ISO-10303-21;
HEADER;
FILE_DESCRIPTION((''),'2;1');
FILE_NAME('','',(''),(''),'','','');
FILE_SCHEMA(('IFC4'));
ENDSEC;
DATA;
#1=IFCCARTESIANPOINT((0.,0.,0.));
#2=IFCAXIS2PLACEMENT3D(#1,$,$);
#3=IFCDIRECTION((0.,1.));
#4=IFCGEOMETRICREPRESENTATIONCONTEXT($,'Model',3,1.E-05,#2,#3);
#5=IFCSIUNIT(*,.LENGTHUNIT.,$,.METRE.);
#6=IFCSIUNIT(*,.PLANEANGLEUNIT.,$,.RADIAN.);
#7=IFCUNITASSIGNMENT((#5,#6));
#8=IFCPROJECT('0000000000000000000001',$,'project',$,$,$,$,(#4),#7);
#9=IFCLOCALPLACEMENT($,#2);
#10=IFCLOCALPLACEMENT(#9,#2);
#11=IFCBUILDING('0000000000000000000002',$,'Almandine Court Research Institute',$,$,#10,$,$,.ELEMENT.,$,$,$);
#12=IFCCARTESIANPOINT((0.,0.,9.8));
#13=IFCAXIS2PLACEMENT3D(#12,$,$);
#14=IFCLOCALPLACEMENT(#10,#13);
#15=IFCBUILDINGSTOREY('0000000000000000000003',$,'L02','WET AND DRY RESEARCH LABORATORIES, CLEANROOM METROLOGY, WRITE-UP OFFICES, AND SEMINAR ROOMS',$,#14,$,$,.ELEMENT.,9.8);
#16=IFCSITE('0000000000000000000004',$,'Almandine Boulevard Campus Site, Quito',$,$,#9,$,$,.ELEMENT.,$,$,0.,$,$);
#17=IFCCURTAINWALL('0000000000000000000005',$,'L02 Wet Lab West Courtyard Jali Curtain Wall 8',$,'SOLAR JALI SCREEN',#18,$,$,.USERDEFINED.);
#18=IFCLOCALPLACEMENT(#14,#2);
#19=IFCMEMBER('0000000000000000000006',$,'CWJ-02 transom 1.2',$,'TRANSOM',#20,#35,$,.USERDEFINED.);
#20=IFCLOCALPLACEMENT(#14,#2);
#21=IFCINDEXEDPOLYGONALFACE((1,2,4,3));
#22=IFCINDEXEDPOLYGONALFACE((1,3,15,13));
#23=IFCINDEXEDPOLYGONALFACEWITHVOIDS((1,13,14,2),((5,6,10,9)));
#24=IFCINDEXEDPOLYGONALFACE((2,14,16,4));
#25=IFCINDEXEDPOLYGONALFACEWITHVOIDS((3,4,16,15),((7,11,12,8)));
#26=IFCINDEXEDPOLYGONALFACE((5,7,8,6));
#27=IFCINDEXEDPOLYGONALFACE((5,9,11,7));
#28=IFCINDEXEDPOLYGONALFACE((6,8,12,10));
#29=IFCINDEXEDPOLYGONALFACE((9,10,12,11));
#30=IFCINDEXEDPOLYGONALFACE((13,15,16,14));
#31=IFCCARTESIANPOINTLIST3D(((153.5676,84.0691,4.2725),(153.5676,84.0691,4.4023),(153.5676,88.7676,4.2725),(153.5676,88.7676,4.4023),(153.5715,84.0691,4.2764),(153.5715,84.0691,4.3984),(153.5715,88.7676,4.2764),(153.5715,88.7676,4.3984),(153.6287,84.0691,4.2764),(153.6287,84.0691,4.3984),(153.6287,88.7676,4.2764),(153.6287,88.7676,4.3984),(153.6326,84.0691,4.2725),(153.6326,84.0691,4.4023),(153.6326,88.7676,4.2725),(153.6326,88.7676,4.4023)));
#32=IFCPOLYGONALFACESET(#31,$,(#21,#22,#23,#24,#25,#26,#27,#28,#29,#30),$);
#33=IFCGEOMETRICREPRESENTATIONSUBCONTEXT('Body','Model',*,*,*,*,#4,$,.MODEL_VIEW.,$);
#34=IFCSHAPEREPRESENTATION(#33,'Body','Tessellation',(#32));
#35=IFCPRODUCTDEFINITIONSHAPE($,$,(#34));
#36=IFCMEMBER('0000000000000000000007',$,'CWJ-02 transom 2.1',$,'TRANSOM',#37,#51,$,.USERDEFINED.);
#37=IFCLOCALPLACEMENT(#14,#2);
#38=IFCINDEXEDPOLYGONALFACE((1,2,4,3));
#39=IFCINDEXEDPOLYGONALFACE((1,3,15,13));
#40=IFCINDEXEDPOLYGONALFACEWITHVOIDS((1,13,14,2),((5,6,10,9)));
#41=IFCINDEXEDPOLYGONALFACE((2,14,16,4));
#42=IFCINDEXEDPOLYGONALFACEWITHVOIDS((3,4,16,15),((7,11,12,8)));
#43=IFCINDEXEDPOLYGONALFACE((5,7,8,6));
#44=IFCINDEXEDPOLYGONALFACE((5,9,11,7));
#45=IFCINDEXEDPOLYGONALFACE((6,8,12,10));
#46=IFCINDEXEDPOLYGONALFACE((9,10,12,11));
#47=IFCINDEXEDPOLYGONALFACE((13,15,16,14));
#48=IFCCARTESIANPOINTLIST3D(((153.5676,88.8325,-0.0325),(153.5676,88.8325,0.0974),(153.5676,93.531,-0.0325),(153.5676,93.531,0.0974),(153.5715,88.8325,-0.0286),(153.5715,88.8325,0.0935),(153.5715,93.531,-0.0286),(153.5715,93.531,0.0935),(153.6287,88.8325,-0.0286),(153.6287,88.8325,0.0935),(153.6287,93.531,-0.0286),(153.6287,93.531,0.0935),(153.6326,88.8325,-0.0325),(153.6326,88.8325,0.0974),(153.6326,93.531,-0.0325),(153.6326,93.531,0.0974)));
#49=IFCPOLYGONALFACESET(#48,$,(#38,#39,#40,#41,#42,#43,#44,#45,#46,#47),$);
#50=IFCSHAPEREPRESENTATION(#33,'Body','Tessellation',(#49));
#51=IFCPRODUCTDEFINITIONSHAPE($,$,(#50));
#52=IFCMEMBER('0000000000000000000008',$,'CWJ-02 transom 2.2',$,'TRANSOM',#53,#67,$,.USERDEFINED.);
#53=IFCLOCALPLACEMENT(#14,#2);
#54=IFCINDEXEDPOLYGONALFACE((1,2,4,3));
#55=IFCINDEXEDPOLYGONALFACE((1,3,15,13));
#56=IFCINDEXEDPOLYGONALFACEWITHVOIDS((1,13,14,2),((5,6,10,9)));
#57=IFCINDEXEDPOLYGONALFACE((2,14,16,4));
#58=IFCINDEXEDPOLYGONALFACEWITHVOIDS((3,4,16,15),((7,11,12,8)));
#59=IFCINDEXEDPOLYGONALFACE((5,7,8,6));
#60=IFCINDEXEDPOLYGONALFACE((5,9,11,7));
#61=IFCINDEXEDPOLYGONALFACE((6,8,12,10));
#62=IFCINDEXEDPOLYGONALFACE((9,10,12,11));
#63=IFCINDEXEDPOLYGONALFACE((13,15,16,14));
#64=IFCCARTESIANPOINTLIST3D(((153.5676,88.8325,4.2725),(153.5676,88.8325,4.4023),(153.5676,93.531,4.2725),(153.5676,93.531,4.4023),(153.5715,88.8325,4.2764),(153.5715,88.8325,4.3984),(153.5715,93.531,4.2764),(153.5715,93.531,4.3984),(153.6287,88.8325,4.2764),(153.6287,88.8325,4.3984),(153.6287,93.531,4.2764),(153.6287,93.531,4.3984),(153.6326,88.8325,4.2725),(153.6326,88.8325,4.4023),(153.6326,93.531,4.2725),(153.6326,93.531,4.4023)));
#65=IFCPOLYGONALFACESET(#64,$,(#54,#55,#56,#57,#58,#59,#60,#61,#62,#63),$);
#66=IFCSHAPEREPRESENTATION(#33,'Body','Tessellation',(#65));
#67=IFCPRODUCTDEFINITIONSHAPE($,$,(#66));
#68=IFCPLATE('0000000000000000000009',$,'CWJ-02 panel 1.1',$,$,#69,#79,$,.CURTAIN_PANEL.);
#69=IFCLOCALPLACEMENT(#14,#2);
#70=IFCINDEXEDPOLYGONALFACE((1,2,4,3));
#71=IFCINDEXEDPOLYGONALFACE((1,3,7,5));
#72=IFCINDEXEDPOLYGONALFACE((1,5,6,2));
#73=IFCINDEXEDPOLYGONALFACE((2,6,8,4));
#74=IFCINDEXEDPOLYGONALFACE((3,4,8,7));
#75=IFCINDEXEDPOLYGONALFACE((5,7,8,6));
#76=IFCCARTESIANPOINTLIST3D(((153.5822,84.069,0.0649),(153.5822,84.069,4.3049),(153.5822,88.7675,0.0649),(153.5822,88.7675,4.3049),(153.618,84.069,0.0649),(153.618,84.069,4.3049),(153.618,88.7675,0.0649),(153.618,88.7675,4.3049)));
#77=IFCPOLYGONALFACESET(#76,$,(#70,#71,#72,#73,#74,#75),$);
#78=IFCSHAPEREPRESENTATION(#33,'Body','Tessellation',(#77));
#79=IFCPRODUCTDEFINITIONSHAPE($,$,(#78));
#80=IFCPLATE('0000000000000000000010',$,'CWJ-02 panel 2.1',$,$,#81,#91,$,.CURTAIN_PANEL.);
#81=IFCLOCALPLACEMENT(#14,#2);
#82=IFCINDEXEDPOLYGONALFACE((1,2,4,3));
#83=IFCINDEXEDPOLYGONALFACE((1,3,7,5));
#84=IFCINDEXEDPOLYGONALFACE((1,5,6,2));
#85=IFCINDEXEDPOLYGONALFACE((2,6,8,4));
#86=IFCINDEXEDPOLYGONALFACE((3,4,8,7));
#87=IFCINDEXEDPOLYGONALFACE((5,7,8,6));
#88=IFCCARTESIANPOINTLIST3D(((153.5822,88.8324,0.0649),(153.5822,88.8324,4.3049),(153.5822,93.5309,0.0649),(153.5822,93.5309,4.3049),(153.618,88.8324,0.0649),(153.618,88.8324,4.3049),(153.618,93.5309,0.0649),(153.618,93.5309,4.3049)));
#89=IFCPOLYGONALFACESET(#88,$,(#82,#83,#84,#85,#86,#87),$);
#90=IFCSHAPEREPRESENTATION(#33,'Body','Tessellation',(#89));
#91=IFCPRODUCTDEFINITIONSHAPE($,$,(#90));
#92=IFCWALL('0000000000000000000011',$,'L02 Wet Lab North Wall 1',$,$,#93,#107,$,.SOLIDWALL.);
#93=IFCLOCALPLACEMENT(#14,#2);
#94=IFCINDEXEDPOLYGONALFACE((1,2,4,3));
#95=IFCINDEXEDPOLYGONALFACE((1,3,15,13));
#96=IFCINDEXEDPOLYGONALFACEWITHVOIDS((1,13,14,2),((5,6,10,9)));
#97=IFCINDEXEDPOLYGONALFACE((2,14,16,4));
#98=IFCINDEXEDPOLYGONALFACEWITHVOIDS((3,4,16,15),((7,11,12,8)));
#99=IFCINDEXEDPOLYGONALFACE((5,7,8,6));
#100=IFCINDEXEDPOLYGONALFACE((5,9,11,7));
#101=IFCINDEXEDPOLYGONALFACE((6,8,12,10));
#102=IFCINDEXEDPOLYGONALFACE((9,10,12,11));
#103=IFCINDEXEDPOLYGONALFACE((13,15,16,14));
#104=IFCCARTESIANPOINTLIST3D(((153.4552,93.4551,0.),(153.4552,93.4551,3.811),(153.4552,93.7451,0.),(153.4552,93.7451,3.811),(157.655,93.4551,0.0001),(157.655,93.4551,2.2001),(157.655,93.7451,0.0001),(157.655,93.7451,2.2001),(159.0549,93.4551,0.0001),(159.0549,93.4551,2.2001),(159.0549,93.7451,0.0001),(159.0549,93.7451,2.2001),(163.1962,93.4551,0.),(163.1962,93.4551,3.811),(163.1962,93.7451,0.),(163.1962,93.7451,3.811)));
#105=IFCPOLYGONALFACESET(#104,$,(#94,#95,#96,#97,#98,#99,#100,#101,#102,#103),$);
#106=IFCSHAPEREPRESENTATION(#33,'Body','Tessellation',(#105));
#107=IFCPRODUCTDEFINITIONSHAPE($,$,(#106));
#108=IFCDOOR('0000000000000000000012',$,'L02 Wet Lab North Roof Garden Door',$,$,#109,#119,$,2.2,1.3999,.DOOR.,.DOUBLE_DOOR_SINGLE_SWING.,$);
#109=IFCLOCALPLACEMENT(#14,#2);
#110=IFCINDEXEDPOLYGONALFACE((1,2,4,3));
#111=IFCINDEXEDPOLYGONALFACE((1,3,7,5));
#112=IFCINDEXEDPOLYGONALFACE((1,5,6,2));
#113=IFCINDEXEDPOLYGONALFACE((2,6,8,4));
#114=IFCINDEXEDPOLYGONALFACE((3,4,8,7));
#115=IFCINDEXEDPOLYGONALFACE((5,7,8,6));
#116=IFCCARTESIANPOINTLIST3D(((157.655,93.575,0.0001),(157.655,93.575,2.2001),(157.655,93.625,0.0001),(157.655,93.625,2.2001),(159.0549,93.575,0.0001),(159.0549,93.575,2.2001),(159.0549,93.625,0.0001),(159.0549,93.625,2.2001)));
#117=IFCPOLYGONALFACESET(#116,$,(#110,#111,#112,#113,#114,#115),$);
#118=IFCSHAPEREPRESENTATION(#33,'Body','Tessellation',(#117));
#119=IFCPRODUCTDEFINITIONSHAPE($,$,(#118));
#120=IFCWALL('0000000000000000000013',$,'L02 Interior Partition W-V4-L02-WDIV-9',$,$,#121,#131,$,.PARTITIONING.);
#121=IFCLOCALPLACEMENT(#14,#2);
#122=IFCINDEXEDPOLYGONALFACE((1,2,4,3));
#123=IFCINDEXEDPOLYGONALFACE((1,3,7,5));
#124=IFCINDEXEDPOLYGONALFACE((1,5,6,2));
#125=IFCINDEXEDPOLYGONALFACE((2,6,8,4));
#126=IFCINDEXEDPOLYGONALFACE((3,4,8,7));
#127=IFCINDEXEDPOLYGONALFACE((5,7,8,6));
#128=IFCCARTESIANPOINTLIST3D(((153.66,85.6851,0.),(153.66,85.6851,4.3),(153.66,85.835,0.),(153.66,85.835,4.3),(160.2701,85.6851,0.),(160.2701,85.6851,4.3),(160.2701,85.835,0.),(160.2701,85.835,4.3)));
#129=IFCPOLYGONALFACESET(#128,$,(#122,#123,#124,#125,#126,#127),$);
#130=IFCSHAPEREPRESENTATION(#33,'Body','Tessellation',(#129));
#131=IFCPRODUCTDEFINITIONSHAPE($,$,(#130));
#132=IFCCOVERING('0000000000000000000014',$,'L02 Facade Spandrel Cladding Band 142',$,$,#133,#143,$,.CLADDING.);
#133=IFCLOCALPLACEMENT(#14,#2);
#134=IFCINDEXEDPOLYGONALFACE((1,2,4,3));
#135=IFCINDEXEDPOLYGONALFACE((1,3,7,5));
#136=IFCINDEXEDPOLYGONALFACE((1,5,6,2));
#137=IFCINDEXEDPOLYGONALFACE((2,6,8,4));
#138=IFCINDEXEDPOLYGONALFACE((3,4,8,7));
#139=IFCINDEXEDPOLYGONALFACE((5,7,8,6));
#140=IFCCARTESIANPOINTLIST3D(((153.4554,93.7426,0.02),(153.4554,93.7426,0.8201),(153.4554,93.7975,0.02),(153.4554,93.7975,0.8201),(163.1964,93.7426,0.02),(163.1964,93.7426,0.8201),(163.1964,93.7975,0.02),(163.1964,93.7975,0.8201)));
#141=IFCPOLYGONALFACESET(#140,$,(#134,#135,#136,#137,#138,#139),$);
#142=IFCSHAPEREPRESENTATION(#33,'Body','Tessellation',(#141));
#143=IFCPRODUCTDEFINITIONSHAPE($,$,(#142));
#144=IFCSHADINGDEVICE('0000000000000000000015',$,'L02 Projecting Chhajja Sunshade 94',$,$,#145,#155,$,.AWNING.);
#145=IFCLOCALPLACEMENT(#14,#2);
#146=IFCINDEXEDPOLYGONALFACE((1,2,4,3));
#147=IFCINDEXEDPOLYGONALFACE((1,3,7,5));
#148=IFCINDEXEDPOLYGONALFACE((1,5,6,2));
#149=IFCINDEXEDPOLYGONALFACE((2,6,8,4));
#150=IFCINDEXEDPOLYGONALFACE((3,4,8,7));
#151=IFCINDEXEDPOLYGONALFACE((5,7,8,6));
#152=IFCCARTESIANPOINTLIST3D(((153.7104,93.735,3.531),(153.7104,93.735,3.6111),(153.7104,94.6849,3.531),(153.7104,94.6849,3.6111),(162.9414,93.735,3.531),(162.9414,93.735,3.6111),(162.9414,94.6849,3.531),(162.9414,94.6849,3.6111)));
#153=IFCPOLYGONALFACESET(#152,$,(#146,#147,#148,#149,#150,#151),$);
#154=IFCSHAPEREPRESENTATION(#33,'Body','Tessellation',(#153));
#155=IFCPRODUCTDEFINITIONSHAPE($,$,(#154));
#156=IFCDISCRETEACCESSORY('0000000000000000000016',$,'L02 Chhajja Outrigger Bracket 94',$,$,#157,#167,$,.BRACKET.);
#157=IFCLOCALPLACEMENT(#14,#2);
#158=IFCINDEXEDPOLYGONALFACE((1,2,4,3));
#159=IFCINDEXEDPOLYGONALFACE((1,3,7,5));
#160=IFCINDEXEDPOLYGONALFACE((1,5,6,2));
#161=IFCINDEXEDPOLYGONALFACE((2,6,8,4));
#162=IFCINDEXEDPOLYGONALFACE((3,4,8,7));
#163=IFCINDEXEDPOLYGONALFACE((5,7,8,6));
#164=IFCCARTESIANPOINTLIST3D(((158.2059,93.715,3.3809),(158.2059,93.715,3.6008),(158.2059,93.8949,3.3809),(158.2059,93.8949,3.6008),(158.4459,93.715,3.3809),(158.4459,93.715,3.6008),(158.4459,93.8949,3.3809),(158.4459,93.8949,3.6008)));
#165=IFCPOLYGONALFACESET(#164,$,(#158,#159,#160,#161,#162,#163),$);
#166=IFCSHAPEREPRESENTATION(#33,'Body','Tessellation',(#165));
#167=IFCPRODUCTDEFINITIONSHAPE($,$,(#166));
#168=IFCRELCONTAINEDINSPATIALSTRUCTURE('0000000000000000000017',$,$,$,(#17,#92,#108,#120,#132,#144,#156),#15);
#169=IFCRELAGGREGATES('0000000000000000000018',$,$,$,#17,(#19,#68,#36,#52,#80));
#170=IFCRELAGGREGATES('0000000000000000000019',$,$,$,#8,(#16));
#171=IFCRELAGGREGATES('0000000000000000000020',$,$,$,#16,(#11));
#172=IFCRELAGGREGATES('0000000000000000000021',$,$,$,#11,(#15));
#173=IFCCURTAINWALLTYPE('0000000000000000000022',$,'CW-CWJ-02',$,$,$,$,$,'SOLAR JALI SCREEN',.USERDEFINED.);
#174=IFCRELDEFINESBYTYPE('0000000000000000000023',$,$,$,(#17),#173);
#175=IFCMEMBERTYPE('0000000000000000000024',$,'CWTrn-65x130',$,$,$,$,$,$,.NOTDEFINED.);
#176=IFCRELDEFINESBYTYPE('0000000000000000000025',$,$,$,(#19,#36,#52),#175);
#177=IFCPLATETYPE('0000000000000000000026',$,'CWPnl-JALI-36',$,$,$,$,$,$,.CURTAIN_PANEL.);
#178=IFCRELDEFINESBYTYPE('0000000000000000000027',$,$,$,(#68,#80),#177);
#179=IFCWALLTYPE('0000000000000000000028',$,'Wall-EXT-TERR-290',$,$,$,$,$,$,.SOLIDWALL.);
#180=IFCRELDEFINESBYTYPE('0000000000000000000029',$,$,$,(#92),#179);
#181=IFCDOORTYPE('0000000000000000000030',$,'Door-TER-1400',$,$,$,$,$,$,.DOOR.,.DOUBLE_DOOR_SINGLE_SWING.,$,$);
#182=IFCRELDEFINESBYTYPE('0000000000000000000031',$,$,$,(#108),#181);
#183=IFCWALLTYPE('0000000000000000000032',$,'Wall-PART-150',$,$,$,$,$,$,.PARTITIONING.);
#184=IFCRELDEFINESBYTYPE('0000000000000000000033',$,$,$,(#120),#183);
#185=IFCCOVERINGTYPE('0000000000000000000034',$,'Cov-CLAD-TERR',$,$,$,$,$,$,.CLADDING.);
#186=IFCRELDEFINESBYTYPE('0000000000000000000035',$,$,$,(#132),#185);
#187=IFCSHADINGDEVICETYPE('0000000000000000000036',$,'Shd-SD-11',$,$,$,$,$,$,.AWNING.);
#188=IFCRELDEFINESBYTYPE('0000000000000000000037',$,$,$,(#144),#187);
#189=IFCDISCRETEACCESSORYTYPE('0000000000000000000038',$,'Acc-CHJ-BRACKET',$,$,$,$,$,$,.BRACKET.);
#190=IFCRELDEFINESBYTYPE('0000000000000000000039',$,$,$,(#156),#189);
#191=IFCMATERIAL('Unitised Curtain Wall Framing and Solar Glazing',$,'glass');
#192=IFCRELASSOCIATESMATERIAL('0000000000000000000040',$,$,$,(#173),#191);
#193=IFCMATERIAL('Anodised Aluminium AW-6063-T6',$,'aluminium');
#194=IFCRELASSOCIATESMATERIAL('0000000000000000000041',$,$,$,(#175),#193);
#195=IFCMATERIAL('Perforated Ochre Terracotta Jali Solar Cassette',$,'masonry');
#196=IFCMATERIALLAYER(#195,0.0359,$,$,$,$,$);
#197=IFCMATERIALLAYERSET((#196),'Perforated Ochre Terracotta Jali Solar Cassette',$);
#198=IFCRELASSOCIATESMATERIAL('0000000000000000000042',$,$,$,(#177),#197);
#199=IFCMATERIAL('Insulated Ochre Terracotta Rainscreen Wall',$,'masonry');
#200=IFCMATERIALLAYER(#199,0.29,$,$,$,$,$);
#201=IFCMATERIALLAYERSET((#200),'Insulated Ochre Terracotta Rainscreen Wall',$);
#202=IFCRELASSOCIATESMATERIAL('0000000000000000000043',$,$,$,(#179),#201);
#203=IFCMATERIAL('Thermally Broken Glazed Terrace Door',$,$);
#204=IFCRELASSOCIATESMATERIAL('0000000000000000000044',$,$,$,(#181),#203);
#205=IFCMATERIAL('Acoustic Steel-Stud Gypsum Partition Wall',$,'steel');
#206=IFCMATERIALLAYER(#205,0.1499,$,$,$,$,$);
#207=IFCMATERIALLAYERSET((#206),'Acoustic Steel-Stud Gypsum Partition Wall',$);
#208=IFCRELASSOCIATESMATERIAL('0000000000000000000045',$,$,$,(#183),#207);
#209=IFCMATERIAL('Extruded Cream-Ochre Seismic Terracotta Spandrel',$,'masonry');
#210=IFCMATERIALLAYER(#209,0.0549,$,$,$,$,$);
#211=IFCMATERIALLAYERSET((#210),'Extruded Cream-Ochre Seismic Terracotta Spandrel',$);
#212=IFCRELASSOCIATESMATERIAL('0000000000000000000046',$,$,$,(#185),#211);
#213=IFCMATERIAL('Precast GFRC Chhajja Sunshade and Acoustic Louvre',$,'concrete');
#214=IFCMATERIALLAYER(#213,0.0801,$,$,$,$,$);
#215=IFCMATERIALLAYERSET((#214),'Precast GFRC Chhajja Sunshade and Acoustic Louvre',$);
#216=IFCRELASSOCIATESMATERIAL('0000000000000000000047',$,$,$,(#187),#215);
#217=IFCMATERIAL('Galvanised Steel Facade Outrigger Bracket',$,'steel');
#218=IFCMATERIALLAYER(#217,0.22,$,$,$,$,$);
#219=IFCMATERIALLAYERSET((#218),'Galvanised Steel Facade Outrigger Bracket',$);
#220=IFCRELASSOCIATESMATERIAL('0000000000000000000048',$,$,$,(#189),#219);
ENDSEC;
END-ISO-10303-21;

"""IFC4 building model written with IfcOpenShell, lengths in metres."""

from ifc_helpers import new_model, si_unit, direction, frame, frame_2d, origin, origin_2d, place, context, subcontext, project, spatial, rectangle, hollow_rectangle, extrude, material, layer, layer_set, material_profile, profile_set, type_object, element, fill, aggregate, save


model = new_model("IFC4")

# Units and contexts
model_context = context("Model", 3, precision=1e-05, world=origin(), true_north=direction((0.0, 1.0)))
body_context = subcontext(model_context, "Body", "Model", "MODEL_VIEW")
ifc_project = project(units=[si_unit("LENGTHUNIT", "METRE"), si_unit("PLANEANGLEUNIT", "RADIAN")], contexts=[model_context])

# Site, building, storey
site_placement = place(None, origin())
site = spatial("IfcSite", under=ifc_project, at=site_placement, Name="Almandine Boulevard Campus Site, Quito", CompositionType="ELEMENT", RefElevation=0.0)
building_placement = place(site_placement, origin())
building = spatial("IfcBuilding", under=site, at=building_placement, Name="Almandine Court Research Institute", CompositionType="ELEMENT")
storey_placement = place(building_placement, frame((0.0, 0.0, 9.8)))
storey = spatial("IfcBuildingStorey", under=building, at=storey_placement, Name="L02", Description="WET AND DRY RESEARCH LABORATORIES, CLEANROOM METROLOGY, WRITE-UP OFFICES, AND SEMINAR ROOMS", CompositionType="ELEMENT", Elevation=9.8)

# Curtain wall, members, plates
ifc_material_1 = material(Name="Unitised Curtain Wall Framing and Solar Glazing", Category="glass")
curtain_wall_type = type_object("IfcCurtainWallType", Name="CW-CWJ-02", ElementType="SOLAR JALI SCREEN", PredefinedType="USERDEFINED", material=ifc_material_1)
curtain_wall_placement = place(storey_placement, origin())
curtain_wall = element("IfcCurtainWall", 1, at=curtain_wall_placement, inside=storey, type_object=curtain_wall_type, Name="L02 Wet Lab West Courtyard Jali Curtain Wall 8", ObjectType="SOLAR JALI SCREEN", PredefinedType="USERDEFINED")
ifc_material_2 = material(Name="Anodised Aluminium AW-6063-T6", Category="aluminium")
ifc_material_profile_1 = material_profile(ifc_material_2, hollow_rectangle(XDim=0.0649, YDim=0.1299, WallThickness=0.0039, at=origin_2d()), Name="ALU RHS 65x130x4")
ifc_profile_set_1 = profile_set([ifc_material_profile_1], Name="Anodised Aluminium AW-6063-T6")
member_type_1 = type_object("IfcMemberType", Name="CWTrn-65x130", PredefinedType="NOTDEFINED", material=ifc_profile_set_1)
member_1_placement = place(storey_placement, frame((153.6001, 84.0691, 4.3374), z_axis=(0.0, 1.0, 0.0), x_axis=(-1.0, 0.0, 0.0)))
member_1 = element("IfcMember", 2, at=member_1_placement, type_object=member_type_1, Name="CWJ-02 transom 1.2", ObjectType="TRANSOM", PredefinedType="USERDEFINED", context=body_context, shape_type="SweptSolid", body=[
    extrude(hollow_rectangle(XDim=0.0649, YDim=0.1299, WallThickness=0.0039, at=origin_2d()), origin(), (0.0, 0.0, 1.0), 4.6985),
])
member_2_placement = place(storey_placement, frame((153.6001, 88.8325, 0.0325), z_axis=(0.0, 1.0, 0.0), x_axis=(-1.0, 0.0, 0.0)))
member_2 = element("IfcMember", 3, at=member_2_placement, type_object=member_type_1, Name="CWJ-02 transom 2.1", ObjectType="TRANSOM", PredefinedType="USERDEFINED", context=body_context, shape_type="SweptSolid", body=[
    extrude(hollow_rectangle(XDim=0.0649, YDim=0.1299, WallThickness=0.0039, at=origin_2d()), origin(), (0.0, 0.0, 1.0), 4.6985),
])
member_3_placement = place(storey_placement, frame((153.6001, 88.8325, 4.3374), z_axis=(0.0, 1.0, 0.0), x_axis=(-1.0, 0.0, 0.0)))
member_3 = element("IfcMember", 4, at=member_3_placement, type_object=member_type_1, Name="CWJ-02 transom 2.2", ObjectType="TRANSOM", PredefinedType="USERDEFINED", context=body_context, shape_type="SweptSolid", body=[
    extrude(hollow_rectangle(XDim=0.0649, YDim=0.1299, WallThickness=0.0039, at=origin_2d()), origin(), (0.0, 0.0, 1.0), 4.6985),
])
ifc_material_3 = material(Name="Perforated Ochre Terracotta Jali Solar Cassette", Category="masonry")
ifc_layer_1 = layer(ifc_material_3, 0.0359)
ifc_layer_set_1 = layer_set([ifc_layer_1], Name="Perforated Ochre Terracotta Jali Solar Cassette")
plate_type = type_object("IfcPlateType", Name="CWPnl-JALI-36", PredefinedType="CURTAIN_PANEL", material=ifc_layer_set_1)
plate_1_placement = place(storey_placement, frame((153.6001, 86.4182, 0.0649), z_axis=(0.0, 0.0, 1.0), x_axis=(0.0, 1.0, 0.0)))
plate_1 = element("IfcPlate", 5, at=plate_1_placement, type_object=plate_type, Name="CWJ-02 panel 1.1", PredefinedType="CURTAIN_PANEL", context=body_context, shape_type="SweptSolid", body=[
    extrude(rectangle(XDim=4.6985, YDim=0.0359, at=origin_2d()), origin(), (0.0, 0.0, 1.0), 4.24),
])
plate_2_placement = place(storey_placement, frame((153.6001, 91.1816, 0.0649), z_axis=(0.0, 0.0, 1.0), x_axis=(0.0, 1.0, 0.0)))
plate_2 = element("IfcPlate", 6, at=plate_2_placement, type_object=plate_type, Name="CWJ-02 panel 2.1", PredefinedType="CURTAIN_PANEL", context=body_context, shape_type="SweptSolid", body=[
    extrude(rectangle(XDim=4.6985, YDim=0.0359, at=origin_2d()), origin(), (0.0, 0.0, 1.0), 4.24),
])
aggregate(curtain_wall, [member_1, plate_1, member_2, member_3, plate_2])

# Wall, opening, door
ifc_material_4 = material(Name="Insulated Ochre Terracotta Rainscreen Wall", Category="masonry")
ifc_layer_2 = layer(ifc_material_4, 0.29)
ifc_layer_set_2 = layer_set([ifc_layer_2], Name="Insulated Ochre Terracotta Rainscreen Wall")
wall_type_1 = type_object("IfcWallType", Name="Wall-EXT-TERR-290", PredefinedType="SOLIDWALL", material=ifc_layer_set_2)
wall_1_placement = place(storey_placement, frame((153.4551, 93.6001, 0.0), z_axis=(0.0, 0.0, 1.0), x_axis=(1.0, 0.0, 0.0)))
wall_1 = element("IfcWall", 7, at=wall_1_placement, inside=storey, type_object=wall_type_1, Name="L02 Wet Lab North Wall 1", PredefinedType="SOLIDWALL", context=body_context, shape_type="SweptSolid", body=[
    extrude(rectangle(XDim=9.741, YDim=0.29, at=frame_2d((4.8706, 0.0))), origin(), (0.0, 0.0, 1.0), 3.811),
])
opening_placement = place(wall_1_placement, frame((4.2, 0.0, 0.0)))
opening = element("IfcOpeningElement", 8, at=opening_placement, cuts=wall_1, PredefinedType="OPENING", context=body_context, shape_type="SweptSolid", body=[
    extrude(rectangle(XDim=1.3999, YDim=2.2, at=frame_2d((0.7, 1.1001))), frame((0.0, 0.155, 0.0), z_axis=(0.0, -1.0, 0.0), x_axis=(1.0, 0.0, 0.0)), (0.0, 0.0, 1.0), 0.3101),
])
ifc_material_5 = material(Name="Thermally Broken Glazed Terrace Door")
door_type = type_object("IfcDoorType", Name="Door-TER-1400", OperationType="DOUBLE_DOOR_SINGLE_SWING", PredefinedType="DOOR", material=ifc_material_5)
door_placement = place(opening_placement, origin())
door = element("IfcDoor", 9, at=door_placement, inside=storey, type_object=door_type, Name="L02 Wet Lab North Roof Garden Door", OperationType="DOUBLE_DOOR_SINGLE_SWING", OverallHeight=2.2, OverallWidth=1.3999, PredefinedType="DOOR", context=body_context, shape_type="SweptSolid", body=[
    extrude(rectangle(XDim=1.3999, YDim=2.2, at=frame_2d((0.7, 1.1001))), frame((0.0, 0.0249, 0.0), z_axis=(0.0, -1.0, 0.0), x_axis=(1.0, 0.0, 0.0)), (0.0, 0.0, 1.0), 0.05),
])
fill(opening, door)

# Wall
ifc_material_6 = material(Name="Acoustic Steel-Stud Gypsum Partition Wall", Category="steel")
ifc_layer_3 = layer(ifc_material_6, 0.1499)
ifc_layer_set_3 = layer_set([ifc_layer_3], Name="Acoustic Steel-Stud Gypsum Partition Wall")
wall_type_2 = type_object("IfcWallType", Name="Wall-PART-150", PredefinedType="PARTITIONING", material=ifc_layer_set_3)
wall_2_placement = place(storey_placement, frame((153.6599, 85.76, 0.0), z_axis=(0.0, 0.0, 1.0), x_axis=(1.0, 0.0, 0.0)))
element("IfcWall", 10, at=wall_2_placement, inside=storey, type_object=wall_type_2, Name="L02 Interior Partition W-V4-L02-WDIV-9", PredefinedType="PARTITIONING", context=body_context, shape_type="SweptSolid", body=[
    extrude(rectangle(XDim=6.6101, YDim=0.1499, at=frame_2d((3.3052, 0.0))), origin(), (0.0, 0.0, 1.0), 4.3),
])

# Covering
ifc_material_7 = material(Name="Extruded Cream-Ochre Seismic Terracotta Spandrel", Category="masonry")
ifc_layer_4 = layer(ifc_material_7, 0.0549)
ifc_layer_set_4 = layer_set([ifc_layer_4], Name="Extruded Cream-Ochre Seismic Terracotta Spandrel")
covering_type = type_object("IfcCoveringType", Name="Cov-CLAD-TERR", PredefinedType="CLADDING", material=ifc_layer_set_4)
covering_placement = place(storey_placement, frame((158.3259, 93.77, 0.02), z_axis=(0.0, 0.0, 1.0), x_axis=(1.0, 0.0, 0.0)))
element("IfcCovering", 11, at=covering_placement, inside=storey, type_object=covering_type, Name="L02 Facade Spandrel Cladding Band 142", PredefinedType="CLADDING", context=body_context, shape_type="SweptSolid", body=[
    extrude(rectangle(XDim=9.741, YDim=0.0549, at=origin_2d()), origin(), (0.0, 0.0, 1.0), 0.8),
])

# Shading device
ifc_material_8 = material(Name="Precast GFRC Chhajja Sunshade and Acoustic Louvre", Category="concrete")
ifc_layer_5 = layer(ifc_material_8, 0.0801)
ifc_layer_set_5 = layer_set([ifc_layer_5], Name="Precast GFRC Chhajja Sunshade and Acoustic Louvre")
shading_device_type = type_object("IfcShadingDeviceType", Name="Shd-SD-11", PredefinedType="AWNING", material=ifc_layer_set_5)
shading_device_placement = place(storey_placement, frame((158.3259, 94.21, 3.531), z_axis=(0.0, 0.0, 1.0), x_axis=(1.0, 0.0, 0.0)))
element("IfcShadingDevice", 12, at=shading_device_placement, inside=storey, type_object=shading_device_type, Name="L02 Projecting Chhajja Sunshade 94", PredefinedType="AWNING", context=body_context, shape_type="SweptSolid", body=[
    extrude(rectangle(XDim=9.231, YDim=0.95, at=origin_2d()), origin(), (0.0, 0.0, 1.0), 0.0801),
])

# Discrete accessory
ifc_material_9 = material(Name="Galvanised Steel Facade Outrigger Bracket", Category="steel")
ifc_layer_6 = layer(ifc_material_9, 0.22)
ifc_layer_set_6 = layer_set([ifc_layer_6], Name="Galvanised Steel Facade Outrigger Bracket")
discrete_accessory_type = type_object("IfcDiscreteAccessoryType", Name="Acc-CHJ-BRACKET", PredefinedType="BRACKET", material=ifc_layer_set_6)
discrete_accessory_placement = place(storey_placement, frame((158.3259, 93.8049, 3.3809), z_axis=(0.0, 0.0, 1.0), x_axis=(1.0, 0.0, 0.0)))
element("IfcDiscreteAccessory", 13, at=discrete_accessory_placement, inside=storey, type_object=discrete_accessory_type, Name="L02 Chhajja Outrigger Bracket 94", PredefinedType="BRACKET", context=body_context, shape_type="SweptSolid", body=[
    extrude(rectangle(XDim=0.24, YDim=0.1799, at=origin_2d()), origin(), (0.0, 0.0, 1.0), 0.22),
])

save(model, "model.ifc")
